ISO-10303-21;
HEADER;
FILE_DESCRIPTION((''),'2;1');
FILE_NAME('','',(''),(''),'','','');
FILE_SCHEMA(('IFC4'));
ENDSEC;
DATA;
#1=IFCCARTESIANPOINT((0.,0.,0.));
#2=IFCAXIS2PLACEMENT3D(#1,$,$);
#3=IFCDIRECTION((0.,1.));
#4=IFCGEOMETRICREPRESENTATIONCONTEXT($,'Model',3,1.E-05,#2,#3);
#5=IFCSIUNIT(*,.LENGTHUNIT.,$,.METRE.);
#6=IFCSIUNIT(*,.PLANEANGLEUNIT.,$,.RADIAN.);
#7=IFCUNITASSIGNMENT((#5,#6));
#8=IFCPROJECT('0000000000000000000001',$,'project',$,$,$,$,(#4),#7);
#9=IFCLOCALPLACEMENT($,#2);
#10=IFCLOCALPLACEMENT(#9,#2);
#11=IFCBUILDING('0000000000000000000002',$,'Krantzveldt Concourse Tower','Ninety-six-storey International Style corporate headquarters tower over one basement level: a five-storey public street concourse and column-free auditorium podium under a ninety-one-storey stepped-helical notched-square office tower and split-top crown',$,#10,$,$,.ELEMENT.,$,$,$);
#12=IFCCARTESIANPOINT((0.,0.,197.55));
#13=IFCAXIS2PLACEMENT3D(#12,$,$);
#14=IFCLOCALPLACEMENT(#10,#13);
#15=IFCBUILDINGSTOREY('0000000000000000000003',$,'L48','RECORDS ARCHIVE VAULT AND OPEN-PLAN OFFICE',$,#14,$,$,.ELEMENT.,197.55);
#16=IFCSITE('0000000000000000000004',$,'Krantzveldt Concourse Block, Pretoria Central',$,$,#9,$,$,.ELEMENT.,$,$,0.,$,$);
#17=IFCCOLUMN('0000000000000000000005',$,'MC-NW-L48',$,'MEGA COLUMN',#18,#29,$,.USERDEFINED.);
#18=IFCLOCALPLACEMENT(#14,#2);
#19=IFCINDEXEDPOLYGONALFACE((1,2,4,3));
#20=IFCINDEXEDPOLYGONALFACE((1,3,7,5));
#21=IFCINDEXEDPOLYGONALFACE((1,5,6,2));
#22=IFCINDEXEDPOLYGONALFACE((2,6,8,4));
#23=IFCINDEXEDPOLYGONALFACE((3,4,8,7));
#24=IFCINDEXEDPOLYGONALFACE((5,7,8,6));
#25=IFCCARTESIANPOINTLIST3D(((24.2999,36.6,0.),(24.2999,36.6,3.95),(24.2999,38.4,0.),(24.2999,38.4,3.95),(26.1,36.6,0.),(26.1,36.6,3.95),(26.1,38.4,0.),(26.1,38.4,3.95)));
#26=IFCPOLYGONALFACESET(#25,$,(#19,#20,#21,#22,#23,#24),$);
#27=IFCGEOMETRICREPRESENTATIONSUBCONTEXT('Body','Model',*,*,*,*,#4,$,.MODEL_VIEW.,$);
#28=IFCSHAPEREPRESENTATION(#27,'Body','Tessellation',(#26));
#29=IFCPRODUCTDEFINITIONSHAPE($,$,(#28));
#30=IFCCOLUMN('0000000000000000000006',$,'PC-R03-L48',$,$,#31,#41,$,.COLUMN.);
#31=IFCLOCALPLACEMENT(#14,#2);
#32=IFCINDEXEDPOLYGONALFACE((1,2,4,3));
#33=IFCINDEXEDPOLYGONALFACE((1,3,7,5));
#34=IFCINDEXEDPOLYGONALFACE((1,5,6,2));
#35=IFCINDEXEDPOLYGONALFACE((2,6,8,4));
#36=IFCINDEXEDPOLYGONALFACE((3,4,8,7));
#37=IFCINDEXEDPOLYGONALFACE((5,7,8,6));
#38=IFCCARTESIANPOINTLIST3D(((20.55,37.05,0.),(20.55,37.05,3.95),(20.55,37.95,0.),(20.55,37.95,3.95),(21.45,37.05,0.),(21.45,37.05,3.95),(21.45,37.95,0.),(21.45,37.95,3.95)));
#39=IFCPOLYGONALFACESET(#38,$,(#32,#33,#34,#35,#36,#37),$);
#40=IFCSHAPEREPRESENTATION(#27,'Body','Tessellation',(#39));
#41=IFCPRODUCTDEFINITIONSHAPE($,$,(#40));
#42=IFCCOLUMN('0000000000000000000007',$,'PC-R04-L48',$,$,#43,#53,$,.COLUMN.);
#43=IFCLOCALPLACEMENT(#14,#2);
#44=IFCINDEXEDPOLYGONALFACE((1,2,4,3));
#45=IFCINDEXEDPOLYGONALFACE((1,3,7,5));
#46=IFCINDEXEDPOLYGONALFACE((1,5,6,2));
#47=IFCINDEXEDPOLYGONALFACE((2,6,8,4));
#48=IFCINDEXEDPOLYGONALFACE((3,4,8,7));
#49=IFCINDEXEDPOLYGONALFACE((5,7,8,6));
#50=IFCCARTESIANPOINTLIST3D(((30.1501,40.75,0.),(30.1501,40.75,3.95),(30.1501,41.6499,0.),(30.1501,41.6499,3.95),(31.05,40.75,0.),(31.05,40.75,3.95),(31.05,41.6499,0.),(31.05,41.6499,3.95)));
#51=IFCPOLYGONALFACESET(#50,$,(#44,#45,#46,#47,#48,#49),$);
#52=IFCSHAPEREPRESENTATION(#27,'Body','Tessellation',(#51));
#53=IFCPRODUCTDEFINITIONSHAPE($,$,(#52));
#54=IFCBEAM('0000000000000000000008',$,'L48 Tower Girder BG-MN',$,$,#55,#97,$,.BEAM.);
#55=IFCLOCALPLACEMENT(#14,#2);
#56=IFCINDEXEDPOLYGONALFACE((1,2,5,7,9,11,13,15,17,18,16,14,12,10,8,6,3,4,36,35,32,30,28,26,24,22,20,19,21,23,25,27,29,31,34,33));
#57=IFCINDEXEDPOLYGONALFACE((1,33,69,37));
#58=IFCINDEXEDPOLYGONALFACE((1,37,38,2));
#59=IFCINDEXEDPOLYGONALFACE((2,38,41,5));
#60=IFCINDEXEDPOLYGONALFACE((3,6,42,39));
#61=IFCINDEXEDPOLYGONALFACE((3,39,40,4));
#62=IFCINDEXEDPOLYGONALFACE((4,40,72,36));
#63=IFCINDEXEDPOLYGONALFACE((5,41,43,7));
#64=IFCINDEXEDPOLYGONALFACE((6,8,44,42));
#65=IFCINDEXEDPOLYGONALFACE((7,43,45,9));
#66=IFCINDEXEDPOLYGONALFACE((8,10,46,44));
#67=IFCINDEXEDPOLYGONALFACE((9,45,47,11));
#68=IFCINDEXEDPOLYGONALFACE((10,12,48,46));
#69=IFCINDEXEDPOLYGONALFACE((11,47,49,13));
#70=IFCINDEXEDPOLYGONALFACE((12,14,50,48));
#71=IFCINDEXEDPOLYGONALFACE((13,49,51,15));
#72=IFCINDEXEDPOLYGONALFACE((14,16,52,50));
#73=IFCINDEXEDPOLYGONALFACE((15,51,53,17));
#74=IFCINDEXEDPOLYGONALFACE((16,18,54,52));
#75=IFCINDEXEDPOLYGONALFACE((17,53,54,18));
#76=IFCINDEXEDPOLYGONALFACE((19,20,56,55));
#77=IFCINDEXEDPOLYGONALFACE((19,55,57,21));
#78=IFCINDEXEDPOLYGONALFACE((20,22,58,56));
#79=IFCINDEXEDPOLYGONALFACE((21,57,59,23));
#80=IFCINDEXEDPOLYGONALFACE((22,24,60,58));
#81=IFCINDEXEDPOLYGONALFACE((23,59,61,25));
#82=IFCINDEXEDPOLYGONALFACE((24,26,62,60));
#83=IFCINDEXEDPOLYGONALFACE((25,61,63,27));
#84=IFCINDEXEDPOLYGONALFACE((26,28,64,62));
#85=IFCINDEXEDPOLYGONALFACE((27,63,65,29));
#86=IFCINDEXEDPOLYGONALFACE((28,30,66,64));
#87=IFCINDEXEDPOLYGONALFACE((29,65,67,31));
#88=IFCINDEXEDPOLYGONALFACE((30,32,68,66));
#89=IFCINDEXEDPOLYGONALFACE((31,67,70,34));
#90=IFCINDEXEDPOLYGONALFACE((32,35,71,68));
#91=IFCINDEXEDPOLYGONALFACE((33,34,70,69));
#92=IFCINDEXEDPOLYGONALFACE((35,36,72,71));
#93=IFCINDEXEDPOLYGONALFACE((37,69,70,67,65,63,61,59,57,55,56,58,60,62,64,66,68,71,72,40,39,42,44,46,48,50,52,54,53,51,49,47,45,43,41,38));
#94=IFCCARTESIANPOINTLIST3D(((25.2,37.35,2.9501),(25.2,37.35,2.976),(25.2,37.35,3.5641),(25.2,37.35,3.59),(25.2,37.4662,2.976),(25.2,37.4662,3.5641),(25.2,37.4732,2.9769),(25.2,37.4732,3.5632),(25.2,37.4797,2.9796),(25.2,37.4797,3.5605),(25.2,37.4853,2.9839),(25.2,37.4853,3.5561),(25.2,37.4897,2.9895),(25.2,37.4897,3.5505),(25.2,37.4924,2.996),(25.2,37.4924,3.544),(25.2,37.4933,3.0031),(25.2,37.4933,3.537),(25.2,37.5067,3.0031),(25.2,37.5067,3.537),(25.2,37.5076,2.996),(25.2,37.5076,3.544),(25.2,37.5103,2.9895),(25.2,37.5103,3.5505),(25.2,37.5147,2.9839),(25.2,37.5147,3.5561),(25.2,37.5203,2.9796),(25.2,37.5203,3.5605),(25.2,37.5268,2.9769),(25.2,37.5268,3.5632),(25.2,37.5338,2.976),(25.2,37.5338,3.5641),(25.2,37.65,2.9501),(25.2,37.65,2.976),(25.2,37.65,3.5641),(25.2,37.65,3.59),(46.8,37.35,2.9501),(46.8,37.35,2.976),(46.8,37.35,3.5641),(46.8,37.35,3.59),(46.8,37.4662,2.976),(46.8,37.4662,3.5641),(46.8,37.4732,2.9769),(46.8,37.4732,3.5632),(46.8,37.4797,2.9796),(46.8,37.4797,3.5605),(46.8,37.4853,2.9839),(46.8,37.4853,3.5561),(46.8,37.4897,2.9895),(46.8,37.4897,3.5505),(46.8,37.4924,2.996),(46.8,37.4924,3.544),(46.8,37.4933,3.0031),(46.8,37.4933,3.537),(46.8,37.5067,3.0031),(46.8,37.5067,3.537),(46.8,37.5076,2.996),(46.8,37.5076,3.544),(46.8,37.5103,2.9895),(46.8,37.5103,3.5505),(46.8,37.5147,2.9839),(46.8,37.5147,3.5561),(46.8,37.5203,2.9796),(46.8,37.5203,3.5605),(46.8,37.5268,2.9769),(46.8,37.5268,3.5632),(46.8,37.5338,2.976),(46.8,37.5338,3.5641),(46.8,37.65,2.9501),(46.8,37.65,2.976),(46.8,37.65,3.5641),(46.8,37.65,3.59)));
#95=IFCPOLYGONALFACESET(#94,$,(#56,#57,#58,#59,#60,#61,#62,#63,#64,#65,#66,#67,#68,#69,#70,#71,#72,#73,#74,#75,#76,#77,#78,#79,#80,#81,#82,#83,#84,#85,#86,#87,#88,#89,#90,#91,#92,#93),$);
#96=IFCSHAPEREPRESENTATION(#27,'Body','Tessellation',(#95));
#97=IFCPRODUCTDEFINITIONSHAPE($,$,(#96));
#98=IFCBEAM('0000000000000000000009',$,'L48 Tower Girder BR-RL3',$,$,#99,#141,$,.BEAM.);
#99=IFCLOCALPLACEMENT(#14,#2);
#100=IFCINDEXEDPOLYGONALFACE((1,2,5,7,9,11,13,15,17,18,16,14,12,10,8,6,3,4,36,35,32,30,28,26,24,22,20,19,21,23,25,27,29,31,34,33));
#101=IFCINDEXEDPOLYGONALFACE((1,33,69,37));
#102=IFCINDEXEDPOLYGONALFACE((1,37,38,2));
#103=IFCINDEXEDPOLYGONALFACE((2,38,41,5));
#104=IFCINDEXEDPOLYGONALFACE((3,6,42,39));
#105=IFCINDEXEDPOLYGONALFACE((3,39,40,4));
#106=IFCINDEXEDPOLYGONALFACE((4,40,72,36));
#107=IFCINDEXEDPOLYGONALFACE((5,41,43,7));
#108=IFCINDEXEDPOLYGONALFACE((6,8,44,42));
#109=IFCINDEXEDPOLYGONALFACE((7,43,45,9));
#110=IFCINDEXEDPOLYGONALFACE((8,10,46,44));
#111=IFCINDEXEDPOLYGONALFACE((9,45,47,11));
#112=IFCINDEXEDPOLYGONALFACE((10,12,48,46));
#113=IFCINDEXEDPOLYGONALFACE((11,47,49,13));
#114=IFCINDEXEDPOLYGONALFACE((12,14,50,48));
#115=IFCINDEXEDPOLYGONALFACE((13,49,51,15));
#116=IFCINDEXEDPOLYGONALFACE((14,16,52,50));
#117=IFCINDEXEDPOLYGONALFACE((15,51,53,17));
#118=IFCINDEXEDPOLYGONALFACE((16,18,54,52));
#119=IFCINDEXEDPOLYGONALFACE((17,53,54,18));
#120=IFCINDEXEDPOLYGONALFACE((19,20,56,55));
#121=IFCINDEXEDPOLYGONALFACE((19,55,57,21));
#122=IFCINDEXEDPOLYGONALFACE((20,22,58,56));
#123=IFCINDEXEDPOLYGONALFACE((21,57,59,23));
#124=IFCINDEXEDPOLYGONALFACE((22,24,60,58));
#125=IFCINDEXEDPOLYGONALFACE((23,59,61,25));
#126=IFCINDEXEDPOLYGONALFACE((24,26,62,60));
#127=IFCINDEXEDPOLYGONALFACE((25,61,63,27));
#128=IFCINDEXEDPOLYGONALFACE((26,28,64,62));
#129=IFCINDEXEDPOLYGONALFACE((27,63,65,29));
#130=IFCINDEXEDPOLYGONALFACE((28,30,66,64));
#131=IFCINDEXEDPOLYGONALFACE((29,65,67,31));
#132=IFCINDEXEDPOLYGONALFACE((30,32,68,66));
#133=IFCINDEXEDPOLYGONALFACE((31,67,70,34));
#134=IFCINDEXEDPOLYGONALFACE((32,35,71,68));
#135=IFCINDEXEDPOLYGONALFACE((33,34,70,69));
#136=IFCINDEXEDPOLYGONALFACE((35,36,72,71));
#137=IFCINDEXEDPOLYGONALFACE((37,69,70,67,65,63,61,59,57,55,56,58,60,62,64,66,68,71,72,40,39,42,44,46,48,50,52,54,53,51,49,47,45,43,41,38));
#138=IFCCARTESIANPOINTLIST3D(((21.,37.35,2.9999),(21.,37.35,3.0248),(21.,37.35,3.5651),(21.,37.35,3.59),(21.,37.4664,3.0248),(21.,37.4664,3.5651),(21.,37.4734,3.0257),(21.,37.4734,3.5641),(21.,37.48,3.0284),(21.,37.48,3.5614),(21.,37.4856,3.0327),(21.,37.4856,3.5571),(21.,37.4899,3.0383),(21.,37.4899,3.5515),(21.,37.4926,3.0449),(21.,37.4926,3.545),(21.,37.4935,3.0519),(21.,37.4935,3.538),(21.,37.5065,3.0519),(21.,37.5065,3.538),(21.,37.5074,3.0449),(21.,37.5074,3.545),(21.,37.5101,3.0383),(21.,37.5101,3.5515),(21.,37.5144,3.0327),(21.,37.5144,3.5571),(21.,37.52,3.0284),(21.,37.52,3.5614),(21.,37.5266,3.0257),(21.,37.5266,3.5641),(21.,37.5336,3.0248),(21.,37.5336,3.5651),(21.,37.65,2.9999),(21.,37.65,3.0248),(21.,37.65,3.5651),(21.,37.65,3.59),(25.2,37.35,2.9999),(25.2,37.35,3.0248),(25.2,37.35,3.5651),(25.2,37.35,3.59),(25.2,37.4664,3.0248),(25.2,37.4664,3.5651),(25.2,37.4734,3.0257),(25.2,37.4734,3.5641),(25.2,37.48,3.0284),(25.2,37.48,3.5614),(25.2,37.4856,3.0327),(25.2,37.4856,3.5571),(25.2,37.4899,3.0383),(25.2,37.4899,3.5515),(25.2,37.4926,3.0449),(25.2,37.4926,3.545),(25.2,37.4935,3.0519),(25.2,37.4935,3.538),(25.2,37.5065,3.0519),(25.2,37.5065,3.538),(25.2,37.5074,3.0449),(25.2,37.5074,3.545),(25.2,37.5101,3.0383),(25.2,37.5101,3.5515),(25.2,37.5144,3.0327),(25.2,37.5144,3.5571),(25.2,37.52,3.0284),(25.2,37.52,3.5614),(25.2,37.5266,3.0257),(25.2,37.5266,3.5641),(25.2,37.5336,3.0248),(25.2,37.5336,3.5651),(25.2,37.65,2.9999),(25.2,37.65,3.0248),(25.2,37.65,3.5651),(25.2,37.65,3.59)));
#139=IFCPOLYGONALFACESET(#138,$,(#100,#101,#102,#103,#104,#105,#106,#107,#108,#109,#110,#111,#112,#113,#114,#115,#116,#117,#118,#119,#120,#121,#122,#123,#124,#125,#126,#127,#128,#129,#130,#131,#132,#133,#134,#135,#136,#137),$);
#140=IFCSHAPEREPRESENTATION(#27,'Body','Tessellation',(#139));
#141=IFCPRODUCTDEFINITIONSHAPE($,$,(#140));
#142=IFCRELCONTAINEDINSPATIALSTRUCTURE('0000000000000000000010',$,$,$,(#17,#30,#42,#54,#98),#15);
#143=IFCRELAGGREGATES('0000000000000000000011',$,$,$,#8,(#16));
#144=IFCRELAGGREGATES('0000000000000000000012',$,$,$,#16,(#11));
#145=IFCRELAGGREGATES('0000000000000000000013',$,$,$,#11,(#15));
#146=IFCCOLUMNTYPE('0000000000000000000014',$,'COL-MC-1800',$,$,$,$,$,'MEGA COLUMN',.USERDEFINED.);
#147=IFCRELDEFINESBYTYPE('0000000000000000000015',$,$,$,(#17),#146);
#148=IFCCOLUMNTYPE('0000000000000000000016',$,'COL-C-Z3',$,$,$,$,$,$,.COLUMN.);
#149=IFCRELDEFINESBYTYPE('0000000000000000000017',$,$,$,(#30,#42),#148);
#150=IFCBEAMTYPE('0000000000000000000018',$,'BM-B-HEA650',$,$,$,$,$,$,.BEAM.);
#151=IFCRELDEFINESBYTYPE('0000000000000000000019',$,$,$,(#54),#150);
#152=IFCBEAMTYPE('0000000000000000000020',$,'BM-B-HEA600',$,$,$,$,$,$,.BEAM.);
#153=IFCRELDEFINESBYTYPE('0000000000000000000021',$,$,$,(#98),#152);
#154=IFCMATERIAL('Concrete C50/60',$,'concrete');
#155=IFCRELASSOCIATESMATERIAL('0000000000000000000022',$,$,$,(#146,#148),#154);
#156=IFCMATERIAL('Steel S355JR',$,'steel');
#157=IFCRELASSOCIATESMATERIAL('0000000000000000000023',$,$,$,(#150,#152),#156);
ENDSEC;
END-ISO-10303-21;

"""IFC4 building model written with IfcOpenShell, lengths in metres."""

from ifc_helpers import new_model, si_unit, direction, frame, origin, origin_2d, place, context, subcontext, project, spatial, rectangle, i_section, extrude, source, transform, mapped, material, material_profile, profile_set, type_object, type_shapes, element, save


model = new_model("IFC4")

# Units and contexts
model_context = context("Model", 3, precision=1e-05, world=origin(), true_north=direction((0.0, 1.0)))
body_context = subcontext(model_context, "Body", "Model", "MODEL_VIEW")
ifc_project = project(units=[si_unit("LENGTHUNIT", "METRE"), si_unit("PLANEANGLEUNIT", "RADIAN")], contexts=[model_context])

# Site, building, storey
site_placement = place(None, origin())
site = spatial("IfcSite", under=ifc_project, at=site_placement, Name="Krantzveldt Concourse Block, Pretoria Central", CompositionType="ELEMENT", RefElevation=0.0)
building_placement = place(site_placement, origin())
building = spatial("IfcBuilding", under=site, at=building_placement, Name="Krantzveldt Concourse Tower", Description="Ninety-six-storey International Style corporate headquarters tower over one basement level: a five-storey public street concourse and column-free auditorium podium under a ninety-one-storey stepped-helical notched-square office tower and split-top crown", CompositionType="ELEMENT")
storey_placement = place(building_placement, frame((0.0, 0.0, 197.55)))
storey = spatial("IfcBuildingStorey", under=building, at=storey_placement, Name="L48", Description="RECORDS ARCHIVE VAULT AND OPEN-PLAN OFFICE", CompositionType="ELEMENT", Elevation=197.55)

# Columns
ifc_material_1 = material(Name="Concrete C50/60", Category="concrete")
ifc_material_profile_1 = material_profile(ifc_material_1, rectangle(XDim=1.8, YDim=1.8, at=origin_2d()), Name="Concrete C50/60", Category="concrete")
ifc_profile_set_1 = profile_set([ifc_material_profile_1], Name="Concrete C50/60 - RC 1800x1800")
column_type_1 = type_object("IfcColumnType", Name="COL-MC-1800", ElementType="MEGA COLUMN", PredefinedType="USERDEFINED", material=ifc_profile_set_1)
shared_shape_1 = source(origin(), body_context, "Body", "SweptSolid", [
    extrude(rectangle(XDim=1.8, YDim=1.8, at=origin_2d()), origin(), (0.0, 0.0, 1.0), 3.95),
])
type_shapes(column_type_1, [shared_shape_1])
column_placement = place(storey_placement, frame((25.2, 37.5, 0.0), z_axis=(0.0, 0.0, 1.0), x_axis=(1.0, 0.0, 0.0)))
element("IfcColumn", 1, at=column_placement, inside=storey, type_object=column_type_1, Name="MC-NW-L48", ObjectType="MEGA COLUMN", PredefinedType="USERDEFINED", context=body_context, shape_type="MappedRepresentation", body=[
    mapped(shared_shape_1, transform((0.0, 0.0, 0.0), x_axis=(1.0, 0.0, 0.0), y_axis=(0.0, 1.0, 0.0), z_axis=(0.0, 0.0, 1.0), scale=1.0)),
])
ifc_material_profile_2 = material_profile(ifc_material_1, rectangle(XDim=0.8999, YDim=0.8999, at=origin_2d()), Name="Concrete C50/60", Category="concrete")
ifc_profile_set_2 = profile_set([ifc_material_profile_2], Name="Concrete C50/60 - RC 900x900")
column_type_2 = type_object("IfcColumnType", Name="COL-C-Z3", PredefinedType="COLUMN", material=ifc_profile_set_2)
shared_shape_2 = source(origin(), body_context, "Body", "SweptSolid", [
    extrude(rectangle(XDim=0.8999, YDim=0.8999, at=origin_2d()), origin(), (0.0, 0.0, 1.0), 3.95),
])
type_shapes(column_type_2, [shared_shape_2])
for number, where, z_axis, x_axis, name in (
    (2, (21.0, 37.5, 0.0), (0.0, 0.0, 1.0), (1.0, 0.0, 0.0), "PC-R03-L48"),
    (3, (30.6001, 41.2, 0.0), (0.0, 0.0, 1.0), (1.0, 0.0, 0.0), "PC-R04-L48"),
):
    element("IfcColumn", number, at=place(storey_placement, frame(where, z_axis=z_axis, x_axis=x_axis)), inside=storey, type_object=column_type_2, Name=name, PredefinedType="COLUMN", context=body_context, shape_type="MappedRepresentation", body=[
        mapped(shared_shape_2, transform((0.0, 0.0, 0.0), x_axis=(1.0, 0.0, 0.0), y_axis=(0.0, 1.0, 0.0), z_axis=(0.0, 0.0, 1.0), scale=1.0)),
    ])

# Beams
ifc_material_2 = material(Name="Steel S355JR", Category="steel")
ifc_material_profile_3 = material_profile(ifc_material_2, i_section(OverallWidth=0.3, OverallDepth=0.6399, WebThickness=0.0134, FlangeThickness=0.0259, FilletRadius=0.0271, at=origin_2d()), Name="Steel S355JR", Category="steel")
ifc_profile_set_3 = profile_set([ifc_material_profile_3], Name="Steel S355JR - HEA 650")
beam_type_1 = type_object("IfcBeamType", Name="BM-B-HEA650", PredefinedType="BEAM", material=ifc_profile_set_3)
shared_shape_3 = source(origin(), body_context, "Body", "SweptSolid", [
    extrude(i_section(OverallWidth=0.3, OverallDepth=0.6399, WebThickness=0.0134, FlangeThickness=0.0259, FilletRadius=0.0271, at=origin_2d()), origin(), (0.0, 0.0, 1.0), 21.6001),
])
type_shapes(beam_type_1, [shared_shape_3])
beam_1_placement = place(storey_placement, frame((25.2, 37.5, 3.27), z_axis=(1.0, 0.0, 0.0), x_axis=(0.0, 1.0, 0.0)))
element("IfcBeam", 4, at=beam_1_placement, inside=storey, type_object=beam_type_1, Name="L48 Tower Girder BG-MN", PredefinedType="BEAM", context=body_context, shape_type="MappedRepresentation", body=[
    mapped(shared_shape_3, transform((0.0, 0.0, 0.0), x_axis=(1.0, 0.0, 0.0), y_axis=(0.0, 1.0, 0.0), z_axis=(0.0, 0.0, 1.0), scale=1.0)),
])
ifc_material_profile_4 = material_profile(ifc_material_2, i_section(OverallWidth=0.3, OverallDepth=0.5901, WebThickness=0.0129, FlangeThickness=0.0249, FilletRadius=0.0271, at=origin_2d()), Name="Steel S355JR", Category="steel")
ifc_profile_set_4 = profile_set([ifc_material_profile_4], Name="Steel S355JR - HEA 600")
beam_type_2 = type_object("IfcBeamType", Name="BM-B-HEA600", PredefinedType="BEAM", material=ifc_profile_set_4)
shared_shape_4 = source(origin(), body_context, "Body", "SweptSolid", [
    extrude(i_section(OverallWidth=0.3, OverallDepth=0.5901, WebThickness=0.0129, FlangeThickness=0.0249, FilletRadius=0.0271, at=origin_2d()), origin(), (0.0, 0.0, 1.0), 4.2),
])
beam_2_placement = place(storey_placement, frame((21.0, 37.5, 3.2949), z_axis=(1.0, 0.0, 0.0), x_axis=(0.0, 1.0, 0.0)))
element("IfcBeam", 5, at=beam_2_placement, inside=storey, type_object=beam_type_2, Name="L48 Tower Girder BR-RL3", PredefinedType="BEAM", context=body_context, shape_type="MappedRepresentation", body=[
    mapped(shared_shape_4, transform((0.0, 0.0, 0.0), x_axis=(1.0, 0.0, 0.0), y_axis=(0.0, 1.0, 0.0), z_axis=(0.0, 0.0, 1.0), scale=1.0)),
])

save(model, "model.ifc")
